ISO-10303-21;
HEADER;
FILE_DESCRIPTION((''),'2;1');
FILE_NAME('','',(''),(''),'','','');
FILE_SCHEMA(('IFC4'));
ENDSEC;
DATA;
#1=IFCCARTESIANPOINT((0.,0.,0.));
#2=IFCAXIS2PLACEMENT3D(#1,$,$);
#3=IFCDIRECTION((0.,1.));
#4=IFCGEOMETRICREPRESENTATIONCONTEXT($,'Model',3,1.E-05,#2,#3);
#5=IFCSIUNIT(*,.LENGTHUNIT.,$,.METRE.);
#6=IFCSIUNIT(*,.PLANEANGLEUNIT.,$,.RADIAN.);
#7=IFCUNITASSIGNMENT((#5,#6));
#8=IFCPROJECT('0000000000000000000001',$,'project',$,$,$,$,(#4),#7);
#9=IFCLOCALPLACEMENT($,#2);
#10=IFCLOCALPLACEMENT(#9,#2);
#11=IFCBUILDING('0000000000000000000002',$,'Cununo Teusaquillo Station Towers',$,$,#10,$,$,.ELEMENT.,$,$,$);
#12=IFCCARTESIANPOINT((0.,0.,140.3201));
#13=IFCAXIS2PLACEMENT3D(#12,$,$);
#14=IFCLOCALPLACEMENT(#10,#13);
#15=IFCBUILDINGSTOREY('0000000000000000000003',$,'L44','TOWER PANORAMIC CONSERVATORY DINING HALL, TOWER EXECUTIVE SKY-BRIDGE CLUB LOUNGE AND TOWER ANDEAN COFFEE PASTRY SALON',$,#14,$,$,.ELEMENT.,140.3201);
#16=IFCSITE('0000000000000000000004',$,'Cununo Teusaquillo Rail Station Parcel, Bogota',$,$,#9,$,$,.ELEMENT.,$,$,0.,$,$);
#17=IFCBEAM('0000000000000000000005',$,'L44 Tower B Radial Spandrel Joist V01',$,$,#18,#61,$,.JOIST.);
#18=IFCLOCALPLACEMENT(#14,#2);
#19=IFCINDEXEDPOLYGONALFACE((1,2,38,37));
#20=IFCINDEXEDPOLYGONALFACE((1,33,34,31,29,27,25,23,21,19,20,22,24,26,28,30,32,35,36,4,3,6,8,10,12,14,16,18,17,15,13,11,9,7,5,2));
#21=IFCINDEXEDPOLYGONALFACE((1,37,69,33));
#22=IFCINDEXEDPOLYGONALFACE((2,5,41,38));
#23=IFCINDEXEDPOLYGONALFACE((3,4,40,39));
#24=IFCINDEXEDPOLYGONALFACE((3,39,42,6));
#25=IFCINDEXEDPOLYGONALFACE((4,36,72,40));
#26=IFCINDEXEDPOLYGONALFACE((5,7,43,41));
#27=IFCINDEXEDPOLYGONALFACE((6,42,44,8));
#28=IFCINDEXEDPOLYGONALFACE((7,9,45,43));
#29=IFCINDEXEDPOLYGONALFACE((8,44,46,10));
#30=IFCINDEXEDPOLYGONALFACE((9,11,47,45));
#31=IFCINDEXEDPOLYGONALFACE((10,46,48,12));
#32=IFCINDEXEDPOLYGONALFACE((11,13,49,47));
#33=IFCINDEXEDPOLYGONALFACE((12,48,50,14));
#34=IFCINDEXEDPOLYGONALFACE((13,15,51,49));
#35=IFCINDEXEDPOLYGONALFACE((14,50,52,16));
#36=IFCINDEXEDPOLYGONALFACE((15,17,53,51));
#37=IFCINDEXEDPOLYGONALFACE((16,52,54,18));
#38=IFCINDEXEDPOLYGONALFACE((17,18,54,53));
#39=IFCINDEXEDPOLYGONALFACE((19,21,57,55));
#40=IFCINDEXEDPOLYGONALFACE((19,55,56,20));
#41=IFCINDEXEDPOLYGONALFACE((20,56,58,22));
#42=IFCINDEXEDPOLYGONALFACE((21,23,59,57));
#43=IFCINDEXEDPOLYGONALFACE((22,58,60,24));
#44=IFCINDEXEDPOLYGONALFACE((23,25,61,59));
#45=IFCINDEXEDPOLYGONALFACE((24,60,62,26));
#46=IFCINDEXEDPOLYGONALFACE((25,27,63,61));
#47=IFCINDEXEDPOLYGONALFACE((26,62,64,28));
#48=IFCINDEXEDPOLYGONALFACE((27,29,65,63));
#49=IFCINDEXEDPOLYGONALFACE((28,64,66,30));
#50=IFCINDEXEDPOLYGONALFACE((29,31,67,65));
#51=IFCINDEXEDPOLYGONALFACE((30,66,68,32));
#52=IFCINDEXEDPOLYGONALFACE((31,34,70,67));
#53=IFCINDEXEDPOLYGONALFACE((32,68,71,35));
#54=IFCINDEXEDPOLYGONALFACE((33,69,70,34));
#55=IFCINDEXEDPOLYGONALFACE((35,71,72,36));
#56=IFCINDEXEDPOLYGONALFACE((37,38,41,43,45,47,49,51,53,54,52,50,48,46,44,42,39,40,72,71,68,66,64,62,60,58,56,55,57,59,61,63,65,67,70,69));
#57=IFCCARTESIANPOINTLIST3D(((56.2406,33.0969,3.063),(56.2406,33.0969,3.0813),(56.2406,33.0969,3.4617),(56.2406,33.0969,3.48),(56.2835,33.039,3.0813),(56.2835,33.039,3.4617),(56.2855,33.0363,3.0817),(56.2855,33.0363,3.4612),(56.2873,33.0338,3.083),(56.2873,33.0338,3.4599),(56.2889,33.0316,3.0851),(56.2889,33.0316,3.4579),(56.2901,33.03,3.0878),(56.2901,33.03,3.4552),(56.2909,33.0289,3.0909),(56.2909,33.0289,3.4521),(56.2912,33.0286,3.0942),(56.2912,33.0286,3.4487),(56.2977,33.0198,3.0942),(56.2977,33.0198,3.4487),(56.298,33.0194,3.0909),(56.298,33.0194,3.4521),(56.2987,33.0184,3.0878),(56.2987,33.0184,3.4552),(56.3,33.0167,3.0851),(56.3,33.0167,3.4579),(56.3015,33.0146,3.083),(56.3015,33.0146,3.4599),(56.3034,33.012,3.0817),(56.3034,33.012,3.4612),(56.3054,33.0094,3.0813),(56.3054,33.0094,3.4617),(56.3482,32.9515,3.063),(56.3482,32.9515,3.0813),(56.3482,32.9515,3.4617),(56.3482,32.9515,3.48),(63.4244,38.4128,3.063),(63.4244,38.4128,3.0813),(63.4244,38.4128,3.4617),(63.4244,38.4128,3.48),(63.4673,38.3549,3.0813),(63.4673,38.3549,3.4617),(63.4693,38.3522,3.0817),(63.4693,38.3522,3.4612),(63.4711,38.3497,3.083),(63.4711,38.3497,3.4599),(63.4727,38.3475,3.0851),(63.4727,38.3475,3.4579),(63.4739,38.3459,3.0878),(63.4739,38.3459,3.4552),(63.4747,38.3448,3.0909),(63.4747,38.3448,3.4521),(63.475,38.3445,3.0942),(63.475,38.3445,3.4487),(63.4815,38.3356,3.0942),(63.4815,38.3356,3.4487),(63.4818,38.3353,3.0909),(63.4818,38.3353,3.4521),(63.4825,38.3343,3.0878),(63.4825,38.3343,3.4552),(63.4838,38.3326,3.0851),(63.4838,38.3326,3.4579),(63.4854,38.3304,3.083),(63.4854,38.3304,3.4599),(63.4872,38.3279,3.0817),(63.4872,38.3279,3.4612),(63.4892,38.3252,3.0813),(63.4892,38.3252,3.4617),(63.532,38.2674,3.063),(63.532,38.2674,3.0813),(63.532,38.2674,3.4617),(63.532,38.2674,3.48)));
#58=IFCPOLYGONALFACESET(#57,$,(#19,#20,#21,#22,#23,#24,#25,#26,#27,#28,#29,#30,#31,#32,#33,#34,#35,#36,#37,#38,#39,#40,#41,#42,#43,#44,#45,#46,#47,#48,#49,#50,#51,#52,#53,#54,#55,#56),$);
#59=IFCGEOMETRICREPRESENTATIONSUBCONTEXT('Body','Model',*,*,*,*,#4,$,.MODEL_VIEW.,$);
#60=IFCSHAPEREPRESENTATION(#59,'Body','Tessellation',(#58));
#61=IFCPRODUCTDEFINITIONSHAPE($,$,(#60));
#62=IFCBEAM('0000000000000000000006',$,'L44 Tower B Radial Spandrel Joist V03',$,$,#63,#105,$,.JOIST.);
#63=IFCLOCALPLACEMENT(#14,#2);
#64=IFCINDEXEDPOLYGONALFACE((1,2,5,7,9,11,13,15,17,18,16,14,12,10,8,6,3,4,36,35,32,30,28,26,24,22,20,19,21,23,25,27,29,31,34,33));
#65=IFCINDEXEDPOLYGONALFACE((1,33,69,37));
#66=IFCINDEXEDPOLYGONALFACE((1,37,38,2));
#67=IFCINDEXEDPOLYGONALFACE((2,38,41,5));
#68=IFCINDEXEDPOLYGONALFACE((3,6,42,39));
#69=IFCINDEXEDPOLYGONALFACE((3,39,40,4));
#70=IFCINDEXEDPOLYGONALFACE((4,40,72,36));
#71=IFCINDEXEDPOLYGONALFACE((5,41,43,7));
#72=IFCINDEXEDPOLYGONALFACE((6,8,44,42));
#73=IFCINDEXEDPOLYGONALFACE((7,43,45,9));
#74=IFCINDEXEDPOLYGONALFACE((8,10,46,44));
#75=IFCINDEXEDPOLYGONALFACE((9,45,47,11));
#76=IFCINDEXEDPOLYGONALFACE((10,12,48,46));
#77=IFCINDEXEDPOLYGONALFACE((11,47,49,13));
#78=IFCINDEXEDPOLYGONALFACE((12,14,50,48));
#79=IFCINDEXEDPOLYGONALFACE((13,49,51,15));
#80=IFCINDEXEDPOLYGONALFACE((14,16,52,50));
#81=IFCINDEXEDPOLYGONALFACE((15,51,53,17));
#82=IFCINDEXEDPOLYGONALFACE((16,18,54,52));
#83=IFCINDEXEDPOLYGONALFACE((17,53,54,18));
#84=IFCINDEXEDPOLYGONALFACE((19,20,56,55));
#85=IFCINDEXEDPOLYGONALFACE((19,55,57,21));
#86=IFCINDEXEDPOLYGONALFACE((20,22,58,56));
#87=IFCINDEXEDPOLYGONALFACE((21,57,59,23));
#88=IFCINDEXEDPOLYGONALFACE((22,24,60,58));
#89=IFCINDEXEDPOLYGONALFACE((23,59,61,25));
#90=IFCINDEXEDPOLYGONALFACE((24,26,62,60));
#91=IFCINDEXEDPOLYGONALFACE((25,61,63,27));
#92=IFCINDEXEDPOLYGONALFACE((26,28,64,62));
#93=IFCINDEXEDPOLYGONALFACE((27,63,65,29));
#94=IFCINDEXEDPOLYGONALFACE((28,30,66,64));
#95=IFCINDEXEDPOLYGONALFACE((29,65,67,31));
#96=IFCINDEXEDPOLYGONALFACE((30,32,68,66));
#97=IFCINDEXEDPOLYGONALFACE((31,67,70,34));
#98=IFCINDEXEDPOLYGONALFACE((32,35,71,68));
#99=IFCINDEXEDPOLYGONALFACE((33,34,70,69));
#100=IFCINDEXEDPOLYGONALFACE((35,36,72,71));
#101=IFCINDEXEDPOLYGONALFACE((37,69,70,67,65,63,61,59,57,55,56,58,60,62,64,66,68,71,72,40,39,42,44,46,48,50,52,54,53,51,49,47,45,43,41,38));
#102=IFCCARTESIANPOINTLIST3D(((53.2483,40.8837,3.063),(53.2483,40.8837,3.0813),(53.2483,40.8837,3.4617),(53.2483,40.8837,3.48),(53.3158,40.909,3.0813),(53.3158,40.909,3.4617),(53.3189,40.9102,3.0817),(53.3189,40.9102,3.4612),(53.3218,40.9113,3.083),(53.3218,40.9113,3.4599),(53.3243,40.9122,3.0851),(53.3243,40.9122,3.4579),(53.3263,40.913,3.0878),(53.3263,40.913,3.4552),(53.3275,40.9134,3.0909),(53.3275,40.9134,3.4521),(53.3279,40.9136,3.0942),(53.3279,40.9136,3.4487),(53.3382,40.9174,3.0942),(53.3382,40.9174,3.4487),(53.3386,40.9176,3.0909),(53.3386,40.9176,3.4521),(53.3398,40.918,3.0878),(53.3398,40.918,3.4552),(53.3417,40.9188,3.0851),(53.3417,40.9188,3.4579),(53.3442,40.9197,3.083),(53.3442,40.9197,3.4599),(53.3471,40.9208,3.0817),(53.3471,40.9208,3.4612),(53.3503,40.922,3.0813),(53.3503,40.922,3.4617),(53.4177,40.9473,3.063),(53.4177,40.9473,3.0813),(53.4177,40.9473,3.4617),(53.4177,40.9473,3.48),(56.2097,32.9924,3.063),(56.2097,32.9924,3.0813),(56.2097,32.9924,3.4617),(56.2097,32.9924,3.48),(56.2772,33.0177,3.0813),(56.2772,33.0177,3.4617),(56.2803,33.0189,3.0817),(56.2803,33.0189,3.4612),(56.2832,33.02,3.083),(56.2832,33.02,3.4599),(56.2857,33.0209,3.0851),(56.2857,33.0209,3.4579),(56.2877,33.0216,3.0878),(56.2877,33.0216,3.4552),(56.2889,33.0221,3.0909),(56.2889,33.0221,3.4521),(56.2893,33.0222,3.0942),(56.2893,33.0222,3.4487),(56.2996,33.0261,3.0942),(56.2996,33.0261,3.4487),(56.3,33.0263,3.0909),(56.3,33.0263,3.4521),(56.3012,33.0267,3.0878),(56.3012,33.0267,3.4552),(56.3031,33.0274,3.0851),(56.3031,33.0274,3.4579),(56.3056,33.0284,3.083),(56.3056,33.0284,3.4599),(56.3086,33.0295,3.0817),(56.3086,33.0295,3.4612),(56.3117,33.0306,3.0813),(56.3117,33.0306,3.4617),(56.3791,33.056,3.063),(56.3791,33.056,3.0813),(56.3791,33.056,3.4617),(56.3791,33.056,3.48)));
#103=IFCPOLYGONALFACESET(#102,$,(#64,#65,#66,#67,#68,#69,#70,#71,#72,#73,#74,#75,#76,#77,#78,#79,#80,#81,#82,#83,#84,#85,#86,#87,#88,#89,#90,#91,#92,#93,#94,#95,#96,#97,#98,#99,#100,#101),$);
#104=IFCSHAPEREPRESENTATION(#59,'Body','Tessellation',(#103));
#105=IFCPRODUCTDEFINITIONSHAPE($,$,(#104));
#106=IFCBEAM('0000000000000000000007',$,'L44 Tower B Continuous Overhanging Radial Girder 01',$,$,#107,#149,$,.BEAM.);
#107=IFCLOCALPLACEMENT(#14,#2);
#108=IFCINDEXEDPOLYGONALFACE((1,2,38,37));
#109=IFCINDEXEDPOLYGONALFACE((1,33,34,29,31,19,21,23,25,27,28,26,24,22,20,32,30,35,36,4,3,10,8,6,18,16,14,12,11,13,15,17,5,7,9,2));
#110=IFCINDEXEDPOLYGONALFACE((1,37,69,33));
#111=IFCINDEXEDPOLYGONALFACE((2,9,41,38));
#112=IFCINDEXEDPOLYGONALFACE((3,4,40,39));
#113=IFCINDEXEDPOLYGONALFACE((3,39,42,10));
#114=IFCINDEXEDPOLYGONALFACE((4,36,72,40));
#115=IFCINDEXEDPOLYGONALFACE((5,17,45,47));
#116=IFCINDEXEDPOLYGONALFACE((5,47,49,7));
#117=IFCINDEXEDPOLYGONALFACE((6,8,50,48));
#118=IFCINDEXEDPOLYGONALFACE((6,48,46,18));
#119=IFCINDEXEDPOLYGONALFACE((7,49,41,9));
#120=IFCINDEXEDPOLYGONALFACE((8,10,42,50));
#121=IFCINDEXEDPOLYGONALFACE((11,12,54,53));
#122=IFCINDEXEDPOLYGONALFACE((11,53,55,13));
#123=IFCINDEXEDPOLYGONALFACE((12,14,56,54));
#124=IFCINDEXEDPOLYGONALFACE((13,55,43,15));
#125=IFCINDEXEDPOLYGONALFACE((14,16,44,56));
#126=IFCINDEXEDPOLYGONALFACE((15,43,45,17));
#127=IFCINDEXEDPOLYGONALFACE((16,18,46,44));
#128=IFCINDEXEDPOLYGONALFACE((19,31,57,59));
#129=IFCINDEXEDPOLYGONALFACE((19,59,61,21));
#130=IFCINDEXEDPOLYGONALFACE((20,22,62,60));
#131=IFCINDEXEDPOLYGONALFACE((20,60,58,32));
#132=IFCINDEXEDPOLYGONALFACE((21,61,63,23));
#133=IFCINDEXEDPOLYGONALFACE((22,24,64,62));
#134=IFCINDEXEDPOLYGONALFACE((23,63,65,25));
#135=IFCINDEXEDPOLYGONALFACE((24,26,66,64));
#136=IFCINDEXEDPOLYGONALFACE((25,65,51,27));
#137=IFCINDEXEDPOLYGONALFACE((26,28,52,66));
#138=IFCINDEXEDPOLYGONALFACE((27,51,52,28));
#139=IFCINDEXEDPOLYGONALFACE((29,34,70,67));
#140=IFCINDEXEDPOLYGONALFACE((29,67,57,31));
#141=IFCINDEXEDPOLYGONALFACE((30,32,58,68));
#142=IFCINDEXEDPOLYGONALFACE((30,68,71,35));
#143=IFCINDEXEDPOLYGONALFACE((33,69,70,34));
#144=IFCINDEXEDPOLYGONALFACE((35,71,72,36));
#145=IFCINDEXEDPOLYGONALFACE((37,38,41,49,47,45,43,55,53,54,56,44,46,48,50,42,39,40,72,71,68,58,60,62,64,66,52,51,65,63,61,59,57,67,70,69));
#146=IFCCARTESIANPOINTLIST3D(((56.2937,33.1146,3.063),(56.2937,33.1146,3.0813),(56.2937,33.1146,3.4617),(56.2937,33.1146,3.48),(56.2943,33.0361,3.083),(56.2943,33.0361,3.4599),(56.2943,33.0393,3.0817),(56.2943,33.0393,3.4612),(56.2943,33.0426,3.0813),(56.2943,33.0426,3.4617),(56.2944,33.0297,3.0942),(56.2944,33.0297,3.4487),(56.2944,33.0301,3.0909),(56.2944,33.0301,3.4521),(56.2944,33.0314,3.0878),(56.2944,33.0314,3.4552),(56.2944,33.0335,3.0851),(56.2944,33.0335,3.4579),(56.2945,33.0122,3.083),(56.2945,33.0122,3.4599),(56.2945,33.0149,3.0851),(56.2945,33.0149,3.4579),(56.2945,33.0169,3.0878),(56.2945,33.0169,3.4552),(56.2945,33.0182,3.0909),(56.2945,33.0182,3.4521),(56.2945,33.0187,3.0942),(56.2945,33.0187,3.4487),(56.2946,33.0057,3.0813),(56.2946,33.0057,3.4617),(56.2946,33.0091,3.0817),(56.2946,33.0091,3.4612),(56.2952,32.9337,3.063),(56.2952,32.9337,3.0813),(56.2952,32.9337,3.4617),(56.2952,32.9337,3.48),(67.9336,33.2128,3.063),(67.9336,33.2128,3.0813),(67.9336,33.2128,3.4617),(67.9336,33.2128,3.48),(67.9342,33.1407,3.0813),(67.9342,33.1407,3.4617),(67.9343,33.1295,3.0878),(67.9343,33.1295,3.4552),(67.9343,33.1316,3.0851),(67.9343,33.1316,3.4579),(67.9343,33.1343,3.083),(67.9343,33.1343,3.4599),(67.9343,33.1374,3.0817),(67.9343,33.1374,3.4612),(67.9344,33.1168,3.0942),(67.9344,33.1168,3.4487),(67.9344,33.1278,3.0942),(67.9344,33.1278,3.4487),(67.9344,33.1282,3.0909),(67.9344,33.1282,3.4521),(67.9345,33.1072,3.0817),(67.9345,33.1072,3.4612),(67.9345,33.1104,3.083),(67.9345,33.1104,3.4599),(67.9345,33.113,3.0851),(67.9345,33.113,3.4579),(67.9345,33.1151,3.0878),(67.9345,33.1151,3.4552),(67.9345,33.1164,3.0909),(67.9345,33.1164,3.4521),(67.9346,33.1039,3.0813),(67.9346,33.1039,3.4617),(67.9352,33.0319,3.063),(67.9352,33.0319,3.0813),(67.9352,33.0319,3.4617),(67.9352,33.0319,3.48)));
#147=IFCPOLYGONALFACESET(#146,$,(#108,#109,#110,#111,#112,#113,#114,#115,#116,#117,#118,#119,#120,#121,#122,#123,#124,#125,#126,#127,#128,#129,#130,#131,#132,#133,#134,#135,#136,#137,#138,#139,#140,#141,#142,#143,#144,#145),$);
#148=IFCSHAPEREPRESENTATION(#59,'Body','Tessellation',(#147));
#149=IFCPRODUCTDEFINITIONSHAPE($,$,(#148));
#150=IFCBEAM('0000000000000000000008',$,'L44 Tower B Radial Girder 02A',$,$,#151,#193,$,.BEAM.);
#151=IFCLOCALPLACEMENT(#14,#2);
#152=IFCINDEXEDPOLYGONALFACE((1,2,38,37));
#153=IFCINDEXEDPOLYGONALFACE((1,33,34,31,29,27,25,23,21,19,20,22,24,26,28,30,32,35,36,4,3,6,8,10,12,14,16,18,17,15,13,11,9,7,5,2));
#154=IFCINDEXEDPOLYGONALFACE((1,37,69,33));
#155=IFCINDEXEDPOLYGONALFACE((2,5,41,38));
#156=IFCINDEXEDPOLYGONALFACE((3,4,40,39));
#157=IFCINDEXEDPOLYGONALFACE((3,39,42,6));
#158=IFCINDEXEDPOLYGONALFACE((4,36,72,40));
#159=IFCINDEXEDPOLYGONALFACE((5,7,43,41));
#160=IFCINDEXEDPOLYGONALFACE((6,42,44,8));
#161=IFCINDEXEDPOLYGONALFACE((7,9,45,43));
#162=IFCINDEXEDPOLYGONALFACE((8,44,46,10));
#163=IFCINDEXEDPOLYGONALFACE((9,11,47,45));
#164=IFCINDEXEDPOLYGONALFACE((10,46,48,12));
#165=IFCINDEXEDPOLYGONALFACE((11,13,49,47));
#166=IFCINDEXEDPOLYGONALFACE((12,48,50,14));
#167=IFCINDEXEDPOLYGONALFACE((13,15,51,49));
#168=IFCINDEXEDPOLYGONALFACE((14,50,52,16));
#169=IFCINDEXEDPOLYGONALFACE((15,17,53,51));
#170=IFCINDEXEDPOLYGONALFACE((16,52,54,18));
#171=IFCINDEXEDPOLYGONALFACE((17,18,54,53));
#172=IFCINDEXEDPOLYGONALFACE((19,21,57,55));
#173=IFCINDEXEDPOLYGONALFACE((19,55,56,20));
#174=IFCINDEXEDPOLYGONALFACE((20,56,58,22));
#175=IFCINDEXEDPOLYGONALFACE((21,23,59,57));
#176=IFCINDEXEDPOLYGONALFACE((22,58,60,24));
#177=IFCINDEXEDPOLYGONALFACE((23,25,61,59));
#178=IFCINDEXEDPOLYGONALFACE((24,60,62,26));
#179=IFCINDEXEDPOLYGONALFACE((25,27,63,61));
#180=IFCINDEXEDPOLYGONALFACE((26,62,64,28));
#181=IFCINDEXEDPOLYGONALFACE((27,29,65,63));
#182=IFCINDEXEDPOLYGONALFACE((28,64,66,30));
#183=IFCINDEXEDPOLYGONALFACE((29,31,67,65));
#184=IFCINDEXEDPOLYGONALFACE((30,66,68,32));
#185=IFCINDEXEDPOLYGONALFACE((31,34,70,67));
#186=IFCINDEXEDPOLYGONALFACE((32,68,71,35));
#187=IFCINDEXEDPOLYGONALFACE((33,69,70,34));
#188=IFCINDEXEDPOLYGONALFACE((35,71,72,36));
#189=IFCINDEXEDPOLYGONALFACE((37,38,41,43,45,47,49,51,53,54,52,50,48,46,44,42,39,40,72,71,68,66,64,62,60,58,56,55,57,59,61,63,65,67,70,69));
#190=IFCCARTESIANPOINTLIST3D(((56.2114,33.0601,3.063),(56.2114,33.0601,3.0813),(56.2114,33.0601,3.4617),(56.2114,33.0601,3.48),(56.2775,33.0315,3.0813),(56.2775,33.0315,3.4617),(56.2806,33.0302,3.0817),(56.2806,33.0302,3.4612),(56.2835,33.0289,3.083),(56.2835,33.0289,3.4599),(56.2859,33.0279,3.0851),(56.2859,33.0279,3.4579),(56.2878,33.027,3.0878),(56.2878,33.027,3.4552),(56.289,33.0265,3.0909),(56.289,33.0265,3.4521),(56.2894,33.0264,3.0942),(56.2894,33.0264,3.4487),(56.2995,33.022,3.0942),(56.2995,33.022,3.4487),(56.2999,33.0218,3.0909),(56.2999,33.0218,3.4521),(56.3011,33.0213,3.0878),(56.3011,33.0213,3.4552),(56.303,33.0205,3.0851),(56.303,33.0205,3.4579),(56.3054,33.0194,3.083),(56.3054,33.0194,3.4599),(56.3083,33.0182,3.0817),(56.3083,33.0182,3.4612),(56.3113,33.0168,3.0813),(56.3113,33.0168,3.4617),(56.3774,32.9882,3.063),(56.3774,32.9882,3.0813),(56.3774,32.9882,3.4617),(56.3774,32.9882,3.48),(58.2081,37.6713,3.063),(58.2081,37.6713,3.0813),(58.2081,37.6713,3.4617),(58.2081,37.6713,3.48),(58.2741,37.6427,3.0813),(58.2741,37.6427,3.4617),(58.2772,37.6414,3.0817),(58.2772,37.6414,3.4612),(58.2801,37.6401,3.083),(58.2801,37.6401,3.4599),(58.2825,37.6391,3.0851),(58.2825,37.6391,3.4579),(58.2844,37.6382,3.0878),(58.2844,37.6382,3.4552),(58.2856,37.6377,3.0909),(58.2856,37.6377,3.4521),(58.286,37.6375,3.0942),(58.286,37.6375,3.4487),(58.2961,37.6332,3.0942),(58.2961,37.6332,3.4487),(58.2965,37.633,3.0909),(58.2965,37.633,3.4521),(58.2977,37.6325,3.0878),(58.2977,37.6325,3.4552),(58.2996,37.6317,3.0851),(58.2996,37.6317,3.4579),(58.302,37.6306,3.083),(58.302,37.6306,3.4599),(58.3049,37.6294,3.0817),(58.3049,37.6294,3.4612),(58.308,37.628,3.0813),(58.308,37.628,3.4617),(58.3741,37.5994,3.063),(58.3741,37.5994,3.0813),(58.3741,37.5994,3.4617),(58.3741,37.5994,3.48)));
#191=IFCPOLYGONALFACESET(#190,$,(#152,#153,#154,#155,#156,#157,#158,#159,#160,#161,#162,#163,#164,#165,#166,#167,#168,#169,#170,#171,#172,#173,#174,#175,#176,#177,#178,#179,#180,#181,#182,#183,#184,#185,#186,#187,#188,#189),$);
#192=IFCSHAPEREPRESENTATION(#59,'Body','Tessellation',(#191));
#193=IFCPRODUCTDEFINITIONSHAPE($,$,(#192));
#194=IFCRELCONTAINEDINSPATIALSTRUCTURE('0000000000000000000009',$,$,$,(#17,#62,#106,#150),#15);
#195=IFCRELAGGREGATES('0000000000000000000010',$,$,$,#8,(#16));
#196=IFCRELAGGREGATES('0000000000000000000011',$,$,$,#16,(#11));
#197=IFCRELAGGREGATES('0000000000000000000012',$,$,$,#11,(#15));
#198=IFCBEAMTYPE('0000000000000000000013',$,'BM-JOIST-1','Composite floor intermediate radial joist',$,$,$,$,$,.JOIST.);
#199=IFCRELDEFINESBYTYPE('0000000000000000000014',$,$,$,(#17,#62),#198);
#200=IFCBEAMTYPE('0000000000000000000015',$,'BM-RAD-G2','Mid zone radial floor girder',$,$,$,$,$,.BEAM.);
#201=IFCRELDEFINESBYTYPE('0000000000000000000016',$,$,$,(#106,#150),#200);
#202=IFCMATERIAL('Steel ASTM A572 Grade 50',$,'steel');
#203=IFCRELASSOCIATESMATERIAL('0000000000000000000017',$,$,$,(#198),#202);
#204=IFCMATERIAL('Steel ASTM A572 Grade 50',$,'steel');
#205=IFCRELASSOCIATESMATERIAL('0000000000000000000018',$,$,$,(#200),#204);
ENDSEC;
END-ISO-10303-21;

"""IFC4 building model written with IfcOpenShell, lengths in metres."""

from ifc_helpers import new_model, si_unit, direction, frame, origin, origin_2d, place, context, subcontext, project, spatial, i_section, extrude, material, material_profile, profile_set, type_object, element, save


model = new_model("IFC4")

# Units and contexts
model_context = context("Model", 3, precision=1e-05, world=origin(), true_north=direction((0.0, 1.0)))
body_context = subcontext(model_context, "Body", "Model", "MODEL_VIEW")
ifc_project = project(units=[si_unit("LENGTHUNIT", "METRE"), si_unit("PLANEANGLEUNIT", "RADIAN")], contexts=[model_context])

# Site, building, storey
site_placement = place(None, origin())
site = spatial("IfcSite", under=ifc_project, at=site_placement, Name="Cununo Teusaquillo Rail Station Parcel, Bogota", CompositionType="ELEMENT", RefElevation=0.0)
building_placement = place(site_placement, origin())
building = spatial("IfcBuilding", under=site, at=building_placement, Name="Cununo Teusaquillo Station Towers", CompositionType="ELEMENT")
storey_placement = place(building_placement, frame((0.0, 0.0, 140.3201)))
storey = spatial("IfcBuildingStorey", under=building, at=storey_placement, Name="L44", Description="TOWER PANORAMIC CONSERVATORY DINING HALL, TOWER EXECUTIVE SKY-BRIDGE CLUB LOUNGE AND TOWER ANDEAN COFFEE PASTRY SALON", CompositionType="ELEMENT", Elevation=140.3201)

# Beams
ifc_material_1 = material(Name="Steel ASTM A572 Grade 50", Category="steel")
ifc_material_profile_1 = material_profile(ifc_material_1, i_section(OverallWidth=0.1809, OverallDepth=0.417, WebThickness=0.011, FlangeThickness=0.0183, FilletRadius=0.0129, at=origin_2d()), Name="W16X57")
ifc_profile_set_1 = profile_set([ifc_material_profile_1], Name="Steel ASTM A572 Grade 50")
beam_type_1 = type_object("IfcBeamType", Name="BM-JOIST-1", Description="Composite floor intermediate radial joist", PredefinedType="JOIST", material=ifc_profile_set_1)
beam_1_placement = place(storey_placement, frame((56.2944, 33.0242, 3.2715), z_axis=(0.803848, 0.594834, 0.0), x_axis=(-0.594834, 0.803848, 0.0)))
element("IfcBeam", 1, at=beam_1_placement, inside=storey, type_object=beam_type_1, Name="L44 Tower B Radial Spandrel Joist V01", PredefinedType="JOIST", context=body_context, shape_type="SweptSolid", body=[
    extrude(i_section(OverallWidth=0.1809, OverallDepth=0.417, WebThickness=0.011, FlangeThickness=0.0183, FilletRadius=0.0129, at=origin_2d()), origin(), (0.0, 0.0, 1.0), 8.9368),
])
beam_2_placement = place(storey_placement, frame((56.2944, 33.0242, 3.2715), z_axis=(-0.351349, 0.936245, 0.0), x_axis=(-0.936245, -0.351349, 0.0)))
element("IfcBeam", 2, at=beam_2_placement, inside=storey, type_object=beam_type_1, Name="L44 Tower B Radial Spandrel Joist V03", PredefinedType="JOIST", context=body_context, shape_type="SweptSolid", body=[
    extrude(i_section(OverallWidth=0.1809, OverallDepth=0.417, WebThickness=0.011, FlangeThickness=0.0183, FilletRadius=0.0129, at=origin_2d()), origin(), (0.0, 0.0, 1.0), 8.4287),
])
ifc_material_2 = material(Name="Steel ASTM A572 Grade 50", Category="steel")
ifc_material_profile_2 = material_profile(ifc_material_2, i_section(OverallWidth=0.1809, OverallDepth=0.417, WebThickness=0.011, FlangeThickness=0.0183, FilletRadius=0.0129, at=origin_2d()), Name="W16X57")
ifc_profile_set_2 = profile_set([ifc_material_profile_2], Name="Steel ASTM A572 Grade 50")
beam_type_2 = type_object("IfcBeamType", Name="BM-RAD-G2", Description="Mid zone radial floor girder", PredefinedType="BEAM", material=ifc_profile_set_2)
beam_3_placement = place(storey_placement, frame((56.2944, 33.0242, 3.2715), z_axis=(0.999964, 0.008431, 0.0), x_axis=(-0.008431, 0.999964, 0.0)))
element("IfcBeam", 3, at=beam_3_placement, inside=storey, type_object=beam_type_2, Name="L44 Tower B Continuous Overhanging Radial Girder 01", PredefinedType="BEAM", context=body_context, shape_type="SweptSolid", body=[
    extrude(i_section(OverallWidth=0.1809, OverallDepth=0.417, WebThickness=0.011, FlangeThickness=0.0183, FilletRadius=0.0129, at=origin_2d()), origin(), (0.0, 0.0, 1.0), 11.6404),
])
beam_4_placement = place(storey_placement, frame((56.2944, 33.0242, 3.2715), z_axis=(0.397347, 0.917668, 0.0), x_axis=(-0.917668, 0.397347, 0.0)))
element("IfcBeam", 4, at=beam_4_placement, inside=storey, type_object=beam_type_2, Name="L44 Tower B Radial Girder 02A", PredefinedType="BEAM", context=body_context, shape_type="SweptSolid", body=[
    extrude(i_section(OverallWidth=0.1809, OverallDepth=0.417, WebThickness=0.011, FlangeThickness=0.0183, FilletRadius=0.0129, at=origin_2d()), origin(), (0.0, 0.0, 1.0), 5.0249),
])

save(model, "model.ifc")
